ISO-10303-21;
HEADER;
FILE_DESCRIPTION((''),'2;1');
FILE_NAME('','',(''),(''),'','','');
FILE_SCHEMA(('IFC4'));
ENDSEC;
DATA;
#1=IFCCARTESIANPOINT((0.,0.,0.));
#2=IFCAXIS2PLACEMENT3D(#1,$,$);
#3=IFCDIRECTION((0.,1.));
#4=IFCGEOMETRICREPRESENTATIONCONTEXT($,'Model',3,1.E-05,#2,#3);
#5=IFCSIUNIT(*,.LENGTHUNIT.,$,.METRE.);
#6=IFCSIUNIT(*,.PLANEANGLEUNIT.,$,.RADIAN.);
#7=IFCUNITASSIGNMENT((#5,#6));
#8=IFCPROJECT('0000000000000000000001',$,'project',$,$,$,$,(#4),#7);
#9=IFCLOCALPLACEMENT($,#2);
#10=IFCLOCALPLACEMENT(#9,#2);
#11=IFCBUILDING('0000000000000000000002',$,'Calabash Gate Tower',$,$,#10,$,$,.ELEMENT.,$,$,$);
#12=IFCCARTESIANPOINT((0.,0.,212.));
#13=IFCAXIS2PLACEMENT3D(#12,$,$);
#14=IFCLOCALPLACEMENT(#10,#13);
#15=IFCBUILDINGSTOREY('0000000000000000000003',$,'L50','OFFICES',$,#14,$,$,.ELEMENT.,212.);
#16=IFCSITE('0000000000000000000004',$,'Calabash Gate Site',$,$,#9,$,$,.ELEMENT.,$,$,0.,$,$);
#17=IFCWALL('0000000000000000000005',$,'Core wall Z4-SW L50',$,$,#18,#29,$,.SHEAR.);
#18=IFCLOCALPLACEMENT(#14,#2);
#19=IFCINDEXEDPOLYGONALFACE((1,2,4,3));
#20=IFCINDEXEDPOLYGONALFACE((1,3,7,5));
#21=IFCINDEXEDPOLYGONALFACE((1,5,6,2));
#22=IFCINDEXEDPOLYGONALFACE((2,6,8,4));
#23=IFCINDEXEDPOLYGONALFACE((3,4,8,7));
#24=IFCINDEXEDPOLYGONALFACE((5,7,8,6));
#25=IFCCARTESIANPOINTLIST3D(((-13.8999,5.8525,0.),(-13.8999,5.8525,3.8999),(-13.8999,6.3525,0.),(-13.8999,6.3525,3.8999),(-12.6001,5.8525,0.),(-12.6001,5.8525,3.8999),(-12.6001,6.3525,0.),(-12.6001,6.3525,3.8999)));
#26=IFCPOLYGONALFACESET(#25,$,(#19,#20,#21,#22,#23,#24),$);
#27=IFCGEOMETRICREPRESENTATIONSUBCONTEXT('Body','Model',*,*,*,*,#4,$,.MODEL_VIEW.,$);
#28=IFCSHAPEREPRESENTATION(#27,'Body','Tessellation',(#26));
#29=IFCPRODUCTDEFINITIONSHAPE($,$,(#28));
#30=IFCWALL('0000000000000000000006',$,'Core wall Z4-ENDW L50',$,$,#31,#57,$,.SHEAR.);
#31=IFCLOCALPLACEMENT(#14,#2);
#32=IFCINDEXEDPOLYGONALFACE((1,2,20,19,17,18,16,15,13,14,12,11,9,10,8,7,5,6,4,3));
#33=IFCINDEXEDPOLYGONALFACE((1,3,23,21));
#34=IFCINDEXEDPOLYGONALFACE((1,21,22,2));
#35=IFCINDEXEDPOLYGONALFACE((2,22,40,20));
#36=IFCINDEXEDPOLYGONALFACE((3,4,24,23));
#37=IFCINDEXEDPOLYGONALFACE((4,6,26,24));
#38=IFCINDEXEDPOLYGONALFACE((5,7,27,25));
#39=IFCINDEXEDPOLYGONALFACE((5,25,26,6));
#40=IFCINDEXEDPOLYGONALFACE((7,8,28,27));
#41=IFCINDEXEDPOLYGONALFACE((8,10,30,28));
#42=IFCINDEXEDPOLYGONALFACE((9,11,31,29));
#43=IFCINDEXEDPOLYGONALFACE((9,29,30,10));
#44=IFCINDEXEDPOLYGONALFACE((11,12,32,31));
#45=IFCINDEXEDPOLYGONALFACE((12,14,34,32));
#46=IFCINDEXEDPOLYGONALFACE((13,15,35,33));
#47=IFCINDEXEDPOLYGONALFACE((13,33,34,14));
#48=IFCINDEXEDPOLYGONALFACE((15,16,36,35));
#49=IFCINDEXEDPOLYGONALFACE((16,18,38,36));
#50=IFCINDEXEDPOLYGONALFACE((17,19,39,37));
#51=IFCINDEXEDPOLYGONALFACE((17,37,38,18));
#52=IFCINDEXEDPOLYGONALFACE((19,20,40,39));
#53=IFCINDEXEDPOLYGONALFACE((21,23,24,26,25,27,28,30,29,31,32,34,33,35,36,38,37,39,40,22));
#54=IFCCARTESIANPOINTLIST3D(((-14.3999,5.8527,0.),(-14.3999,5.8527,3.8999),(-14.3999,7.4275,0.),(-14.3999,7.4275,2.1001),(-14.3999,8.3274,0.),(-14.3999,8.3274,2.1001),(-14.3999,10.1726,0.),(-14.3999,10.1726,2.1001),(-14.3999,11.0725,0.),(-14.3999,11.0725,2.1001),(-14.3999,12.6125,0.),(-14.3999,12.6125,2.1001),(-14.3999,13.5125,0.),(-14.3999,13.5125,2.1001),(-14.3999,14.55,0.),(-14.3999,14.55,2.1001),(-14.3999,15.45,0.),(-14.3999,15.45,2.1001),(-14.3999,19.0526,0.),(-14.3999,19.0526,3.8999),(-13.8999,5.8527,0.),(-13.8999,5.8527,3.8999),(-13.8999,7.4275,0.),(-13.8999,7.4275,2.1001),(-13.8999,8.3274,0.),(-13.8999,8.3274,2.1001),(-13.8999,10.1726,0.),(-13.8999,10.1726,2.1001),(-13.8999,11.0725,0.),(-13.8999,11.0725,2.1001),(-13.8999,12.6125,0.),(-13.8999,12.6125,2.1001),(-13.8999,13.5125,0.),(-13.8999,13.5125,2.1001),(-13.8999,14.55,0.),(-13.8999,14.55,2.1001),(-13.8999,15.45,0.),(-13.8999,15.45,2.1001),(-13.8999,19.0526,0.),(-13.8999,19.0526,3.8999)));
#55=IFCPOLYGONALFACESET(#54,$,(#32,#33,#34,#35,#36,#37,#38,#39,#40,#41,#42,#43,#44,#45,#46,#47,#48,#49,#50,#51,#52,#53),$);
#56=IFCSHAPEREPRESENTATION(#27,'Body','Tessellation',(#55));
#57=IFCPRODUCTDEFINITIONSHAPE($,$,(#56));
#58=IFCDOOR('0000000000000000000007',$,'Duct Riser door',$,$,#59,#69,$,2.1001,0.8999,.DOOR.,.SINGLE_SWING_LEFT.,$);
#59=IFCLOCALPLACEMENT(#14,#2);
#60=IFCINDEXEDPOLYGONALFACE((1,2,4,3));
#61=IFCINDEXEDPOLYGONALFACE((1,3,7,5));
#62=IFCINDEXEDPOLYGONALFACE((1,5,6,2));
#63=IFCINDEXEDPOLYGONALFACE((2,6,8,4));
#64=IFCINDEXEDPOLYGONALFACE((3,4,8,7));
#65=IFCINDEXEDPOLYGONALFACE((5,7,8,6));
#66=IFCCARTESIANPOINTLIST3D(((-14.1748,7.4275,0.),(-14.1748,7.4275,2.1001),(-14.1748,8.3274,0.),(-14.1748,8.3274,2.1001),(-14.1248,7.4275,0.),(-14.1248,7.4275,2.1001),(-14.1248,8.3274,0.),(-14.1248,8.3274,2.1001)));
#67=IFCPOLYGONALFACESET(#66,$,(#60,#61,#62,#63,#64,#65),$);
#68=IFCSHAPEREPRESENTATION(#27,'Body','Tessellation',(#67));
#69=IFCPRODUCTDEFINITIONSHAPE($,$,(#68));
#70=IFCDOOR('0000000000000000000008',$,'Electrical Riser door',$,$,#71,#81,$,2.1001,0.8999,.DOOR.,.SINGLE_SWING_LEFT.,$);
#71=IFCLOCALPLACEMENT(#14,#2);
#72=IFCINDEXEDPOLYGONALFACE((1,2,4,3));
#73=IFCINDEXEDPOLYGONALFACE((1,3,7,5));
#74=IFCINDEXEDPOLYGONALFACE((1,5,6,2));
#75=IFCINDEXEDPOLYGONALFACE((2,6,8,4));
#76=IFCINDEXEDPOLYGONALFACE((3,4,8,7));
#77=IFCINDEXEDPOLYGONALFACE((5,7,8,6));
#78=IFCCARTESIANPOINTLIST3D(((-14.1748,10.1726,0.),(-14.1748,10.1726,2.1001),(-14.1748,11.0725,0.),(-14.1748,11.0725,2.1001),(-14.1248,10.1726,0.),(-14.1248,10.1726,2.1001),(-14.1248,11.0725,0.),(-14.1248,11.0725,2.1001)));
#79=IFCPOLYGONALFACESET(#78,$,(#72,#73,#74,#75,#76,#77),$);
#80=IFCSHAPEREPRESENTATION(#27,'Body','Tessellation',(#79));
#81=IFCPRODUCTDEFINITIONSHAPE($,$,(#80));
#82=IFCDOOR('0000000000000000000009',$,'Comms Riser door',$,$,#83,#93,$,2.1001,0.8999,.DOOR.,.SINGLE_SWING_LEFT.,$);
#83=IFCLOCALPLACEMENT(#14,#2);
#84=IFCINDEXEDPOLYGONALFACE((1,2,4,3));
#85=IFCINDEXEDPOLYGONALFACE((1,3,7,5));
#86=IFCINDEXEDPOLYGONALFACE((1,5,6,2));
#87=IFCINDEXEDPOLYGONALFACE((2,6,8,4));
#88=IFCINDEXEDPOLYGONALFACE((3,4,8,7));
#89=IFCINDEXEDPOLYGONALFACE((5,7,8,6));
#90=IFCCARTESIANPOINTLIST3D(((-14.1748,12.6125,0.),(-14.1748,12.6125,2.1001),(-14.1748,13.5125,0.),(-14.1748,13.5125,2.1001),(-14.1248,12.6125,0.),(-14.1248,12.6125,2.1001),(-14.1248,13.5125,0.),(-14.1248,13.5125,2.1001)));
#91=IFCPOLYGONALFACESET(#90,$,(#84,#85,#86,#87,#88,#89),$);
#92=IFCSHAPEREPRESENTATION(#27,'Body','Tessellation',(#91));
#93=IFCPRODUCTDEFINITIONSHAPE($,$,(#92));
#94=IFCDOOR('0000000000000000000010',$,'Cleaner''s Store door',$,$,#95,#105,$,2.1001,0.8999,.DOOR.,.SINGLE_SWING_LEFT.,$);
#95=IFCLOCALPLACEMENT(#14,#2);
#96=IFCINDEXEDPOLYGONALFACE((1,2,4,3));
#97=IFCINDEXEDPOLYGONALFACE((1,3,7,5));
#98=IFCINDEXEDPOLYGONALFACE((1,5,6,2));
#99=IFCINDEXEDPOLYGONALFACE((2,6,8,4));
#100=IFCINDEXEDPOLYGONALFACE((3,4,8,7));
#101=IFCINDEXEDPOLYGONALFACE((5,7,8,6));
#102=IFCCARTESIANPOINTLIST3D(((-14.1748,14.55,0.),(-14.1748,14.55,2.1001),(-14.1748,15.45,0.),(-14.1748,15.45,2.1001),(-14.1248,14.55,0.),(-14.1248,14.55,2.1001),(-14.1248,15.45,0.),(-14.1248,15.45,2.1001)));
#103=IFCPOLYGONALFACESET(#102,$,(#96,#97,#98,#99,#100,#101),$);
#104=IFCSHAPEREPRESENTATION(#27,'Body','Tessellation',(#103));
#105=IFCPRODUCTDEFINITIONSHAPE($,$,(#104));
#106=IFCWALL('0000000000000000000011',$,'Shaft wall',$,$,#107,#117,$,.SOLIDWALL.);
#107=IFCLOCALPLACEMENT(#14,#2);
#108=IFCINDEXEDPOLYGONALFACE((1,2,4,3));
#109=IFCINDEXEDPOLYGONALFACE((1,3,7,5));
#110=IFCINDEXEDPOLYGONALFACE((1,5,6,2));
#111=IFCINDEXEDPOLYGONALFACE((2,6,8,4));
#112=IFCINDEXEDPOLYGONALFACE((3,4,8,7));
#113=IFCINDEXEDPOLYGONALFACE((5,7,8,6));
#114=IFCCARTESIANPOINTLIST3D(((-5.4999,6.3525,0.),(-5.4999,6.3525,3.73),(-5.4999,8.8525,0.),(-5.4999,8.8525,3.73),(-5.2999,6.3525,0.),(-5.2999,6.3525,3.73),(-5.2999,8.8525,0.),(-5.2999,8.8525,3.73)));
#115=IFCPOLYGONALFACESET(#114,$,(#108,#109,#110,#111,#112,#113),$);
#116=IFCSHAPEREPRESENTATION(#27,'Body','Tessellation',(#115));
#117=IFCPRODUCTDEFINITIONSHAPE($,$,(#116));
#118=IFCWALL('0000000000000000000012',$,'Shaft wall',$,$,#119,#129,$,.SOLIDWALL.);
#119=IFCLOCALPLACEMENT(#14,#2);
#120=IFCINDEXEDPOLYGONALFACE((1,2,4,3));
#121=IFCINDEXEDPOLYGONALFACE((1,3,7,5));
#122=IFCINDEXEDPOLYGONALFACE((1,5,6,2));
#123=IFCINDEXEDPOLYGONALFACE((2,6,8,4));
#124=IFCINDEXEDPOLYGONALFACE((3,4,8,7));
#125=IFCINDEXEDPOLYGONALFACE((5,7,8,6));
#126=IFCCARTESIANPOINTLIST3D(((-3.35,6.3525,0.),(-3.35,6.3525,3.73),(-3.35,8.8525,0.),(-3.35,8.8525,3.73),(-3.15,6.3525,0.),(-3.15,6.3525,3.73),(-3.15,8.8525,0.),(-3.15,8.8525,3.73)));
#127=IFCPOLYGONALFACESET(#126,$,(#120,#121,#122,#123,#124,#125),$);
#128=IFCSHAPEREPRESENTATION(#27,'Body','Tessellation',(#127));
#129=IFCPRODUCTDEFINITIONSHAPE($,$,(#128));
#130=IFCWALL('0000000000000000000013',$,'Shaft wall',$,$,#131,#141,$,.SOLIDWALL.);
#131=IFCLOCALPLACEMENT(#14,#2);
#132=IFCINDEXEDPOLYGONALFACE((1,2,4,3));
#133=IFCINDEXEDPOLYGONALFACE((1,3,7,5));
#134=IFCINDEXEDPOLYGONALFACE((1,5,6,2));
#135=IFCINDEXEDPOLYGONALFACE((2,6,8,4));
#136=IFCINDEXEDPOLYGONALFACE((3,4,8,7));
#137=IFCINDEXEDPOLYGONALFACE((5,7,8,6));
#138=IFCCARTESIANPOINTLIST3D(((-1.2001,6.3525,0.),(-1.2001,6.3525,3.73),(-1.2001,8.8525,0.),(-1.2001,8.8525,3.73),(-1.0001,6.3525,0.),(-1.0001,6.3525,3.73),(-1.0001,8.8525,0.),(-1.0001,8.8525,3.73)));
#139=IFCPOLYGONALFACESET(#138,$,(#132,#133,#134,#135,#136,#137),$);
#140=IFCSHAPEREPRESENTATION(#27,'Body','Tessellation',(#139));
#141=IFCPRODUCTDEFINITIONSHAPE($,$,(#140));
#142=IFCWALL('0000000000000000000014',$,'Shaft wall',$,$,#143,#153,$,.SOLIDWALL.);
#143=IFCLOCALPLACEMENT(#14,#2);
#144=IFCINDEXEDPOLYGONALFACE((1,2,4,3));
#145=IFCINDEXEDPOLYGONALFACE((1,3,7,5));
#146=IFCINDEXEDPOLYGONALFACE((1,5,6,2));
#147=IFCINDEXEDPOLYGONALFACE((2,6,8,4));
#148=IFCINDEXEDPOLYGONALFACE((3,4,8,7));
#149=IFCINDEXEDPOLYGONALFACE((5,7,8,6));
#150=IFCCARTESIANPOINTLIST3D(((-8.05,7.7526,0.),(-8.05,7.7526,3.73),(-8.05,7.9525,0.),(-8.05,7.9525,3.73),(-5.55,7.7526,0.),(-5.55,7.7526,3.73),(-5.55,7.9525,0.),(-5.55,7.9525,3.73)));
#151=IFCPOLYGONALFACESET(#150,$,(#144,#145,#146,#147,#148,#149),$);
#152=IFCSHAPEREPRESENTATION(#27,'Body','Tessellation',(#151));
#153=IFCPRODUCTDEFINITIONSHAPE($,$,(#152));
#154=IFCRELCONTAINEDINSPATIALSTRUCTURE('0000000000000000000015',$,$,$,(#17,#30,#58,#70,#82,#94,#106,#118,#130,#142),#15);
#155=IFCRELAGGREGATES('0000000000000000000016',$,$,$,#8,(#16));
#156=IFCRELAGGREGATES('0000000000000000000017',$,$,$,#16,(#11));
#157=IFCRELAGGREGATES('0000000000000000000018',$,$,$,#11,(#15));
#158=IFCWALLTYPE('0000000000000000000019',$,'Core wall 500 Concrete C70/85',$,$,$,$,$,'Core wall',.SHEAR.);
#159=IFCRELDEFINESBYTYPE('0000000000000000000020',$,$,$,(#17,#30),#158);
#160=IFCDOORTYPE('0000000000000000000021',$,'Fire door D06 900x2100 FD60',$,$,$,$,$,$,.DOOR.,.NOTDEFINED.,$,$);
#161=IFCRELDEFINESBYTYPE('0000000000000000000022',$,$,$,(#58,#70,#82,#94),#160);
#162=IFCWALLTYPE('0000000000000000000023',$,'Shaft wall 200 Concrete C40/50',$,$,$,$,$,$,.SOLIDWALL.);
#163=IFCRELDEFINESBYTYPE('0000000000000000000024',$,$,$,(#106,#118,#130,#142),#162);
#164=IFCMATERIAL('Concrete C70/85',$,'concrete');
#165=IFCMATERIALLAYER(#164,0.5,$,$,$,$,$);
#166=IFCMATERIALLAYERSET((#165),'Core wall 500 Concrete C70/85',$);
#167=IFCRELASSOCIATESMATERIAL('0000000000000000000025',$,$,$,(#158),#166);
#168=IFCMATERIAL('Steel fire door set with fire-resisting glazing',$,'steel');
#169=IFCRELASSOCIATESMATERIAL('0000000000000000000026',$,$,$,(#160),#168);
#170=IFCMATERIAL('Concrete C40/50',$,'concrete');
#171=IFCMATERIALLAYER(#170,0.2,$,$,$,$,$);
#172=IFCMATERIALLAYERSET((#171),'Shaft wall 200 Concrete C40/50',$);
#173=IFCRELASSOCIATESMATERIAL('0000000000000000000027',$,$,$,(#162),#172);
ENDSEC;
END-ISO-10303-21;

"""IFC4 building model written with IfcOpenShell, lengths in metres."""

from ifc_helpers import new_model, si_unit, direction, frame, frame_2d, origin, place, context, subcontext, project, spatial, rectangle, extrude, material, layer, layer_set, type_object, element, fill, save


model = new_model("IFC4")

# Units and contexts
model_context = context("Model", 3, precision=1e-05, world=origin(), true_north=direction((0.0, 1.0)))
body_context = subcontext(model_context, "Body", "Model", "MODEL_VIEW")
ifc_project = project(units=[si_unit("LENGTHUNIT", "METRE"), si_unit("PLANEANGLEUNIT", "RADIAN")], contexts=[model_context])

# Site, building, storey
site_placement = place(None, origin())
site = spatial("IfcSite", under=ifc_project, at=site_placement, Name="Calabash Gate Site", CompositionType="ELEMENT", RefElevation=0.0)
building_placement = place(site_placement, origin())
building = spatial("IfcBuilding", under=site, at=building_placement, Name="Calabash Gate Tower", CompositionType="ELEMENT")
storey_placement = place(building_placement, frame((0.0, 0.0, 212.0)))
storey = spatial("IfcBuildingStorey", under=building, at=storey_placement, Name="L50", Description="OFFICES", CompositionType="ELEMENT", Elevation=212.0)

# Shared definitions
ifc_material_1 = material(Name="Concrete C70/85", Category="concrete")
ifc_layer_1 = layer(ifc_material_1, 0.5)
ifc_layer_set_1 = layer_set([ifc_layer_1], Name="Core wall 500 Concrete C70/85")
wall_type_1 = type_object("IfcWallType", Name="Core wall 500 Concrete C70/85", ElementType="Core wall", PredefinedType="SHEAR", material=ifc_layer_set_1)

# Wall
wall_1_placement = place(storey_placement, frame((-12.6001, 6.1025, 0.0), z_axis=(0.0, 0.0, 1.0), x_axis=(-1.0, 0.0, 0.0)))
element("IfcWall", 1, at=wall_1_placement, inside=storey, type_object=wall_type_1, Name="Core wall Z4-SW L50", PredefinedType="SHEAR", context=body_context, shape_type="SweptSolid", body=[
    extrude(rectangle(XDim=1.2998, YDim=0.5, at=frame_2d((0.6499, 0.0))), origin(), (0.0, 0.0, 1.0), 3.8999),
])

# Wall, openings, doors
wall_2_placement = place(storey_placement, frame((-14.1499, 5.8525, 0.0), z_axis=(0.0, 0.0, 1.0), x_axis=(0.0, 1.0, 0.0)))
wall_2 = element("IfcWall", 2, at=wall_2_placement, inside=storey, type_object=wall_type_1, Name="Core wall Z4-ENDW L50", PredefinedType="SHEAR", context=body_context, shape_type="SweptSolid", body=[
    extrude(rectangle(XDim=13.2, YDim=0.5, at=frame_2d((6.6001, 0.0))), origin(), (0.0, 0.0, 1.0), 3.8999),
])
opening_1_placement = place(wall_2_placement, frame((1.575, 0.0, 0.0)))
opening_1 = element("IfcOpeningElement", 3, at=opening_1_placement, cuts=wall_2, PredefinedType="OPENING", context=body_context, shape_type="SweptSolid", body=[
    extrude(rectangle(XDim=0.8999, YDim=2.1001, at=frame_2d((0.45, 1.05))), frame((0.0, 0.26, 0.0), z_axis=(0.0, -1.0, 0.0), x_axis=(1.0, 0.0, 0.0)), (0.0, 0.0, 1.0), 0.52),
])
opening_2_placement = place(wall_2_placement, frame((4.3201, 0.0, 0.0)))
opening_2 = element("IfcOpeningElement", 4, at=opening_2_placement, cuts=wall_2, PredefinedType="OPENING", context=body_context, shape_type="SweptSolid", body=[
    extrude(rectangle(XDim=0.8999, YDim=2.1001, at=frame_2d((0.45, 1.05))), frame((0.0, 0.26, 0.0), z_axis=(0.0, -1.0, 0.0), x_axis=(1.0, 0.0, 0.0)), (0.0, 0.0, 1.0), 0.52),
])
opening_3_placement = place(wall_2_placement, frame((6.76, 0.0, 0.0)))
opening_3 = element("IfcOpeningElement", 5, at=opening_3_placement, cuts=wall_2, PredefinedType="OPENING", context=body_context, shape_type="SweptSolid", body=[
    extrude(rectangle(XDim=0.8999, YDim=2.1001, at=frame_2d((0.45, 1.05))), frame((0.0, 0.26, 0.0), z_axis=(0.0, -1.0, 0.0), x_axis=(1.0, 0.0, 0.0)), (0.0, 0.0, 1.0), 0.52),
])
opening_4_placement = place(wall_2_placement, frame((8.6975, 0.0, 0.0)))
opening_4 = element("IfcOpeningElement", 6, at=opening_4_placement, cuts=wall_2, PredefinedType="OPENING", context=body_context, shape_type="SweptSolid", body=[
    extrude(rectangle(XDim=0.8999, YDim=2.1001, at=frame_2d((0.45, 1.05))), frame((0.0, 0.26, 0.0), z_axis=(0.0, -1.0, 0.0), x_axis=(1.0, 0.0, 0.0)), (0.0, 0.0, 1.0), 0.52),
])
ifc_material_2 = material(Name="Steel fire door set with fire-resisting glazing", Category="steel")
door_type_1 = type_object("IfcDoorType", Name="Fire door D06 900x2100 FD60", OperationType="NOTDEFINED", PredefinedType="DOOR", material=ifc_material_2)
door_1_placement = place(opening_1_placement, origin())
door_1 = element("IfcDoor", 7, at=door_1_placement, inside=storey, type_object=door_type_1, Name="Duct Riser door", OperationType="SINGLE_SWING_LEFT", OverallHeight=2.1001, OverallWidth=0.8999, PredefinedType="DOOR", context=body_context, shape_type="SweptSolid", body=[
    extrude(rectangle(XDim=0.8999, YDim=2.1001, at=frame_2d((0.45, 1.05))), frame((0.0, 0.0249, 0.0), z_axis=(0.0, -1.0, 0.0), x_axis=(1.0, 0.0, 0.0)), (0.0, 0.0, 1.0), 0.05),
])
fill(opening_1, door_1)
door_2_placement = place(opening_2_placement, origin())
door_2 = element("IfcDoor", 8, at=door_2_placement, inside=storey, type_object=door_type_1, Name="Electrical Riser door", OperationType="SINGLE_SWING_LEFT", OverallHeight=2.1001, OverallWidth=0.8999, PredefinedType="DOOR", context=body_context, shape_type="SweptSolid", body=[
    extrude(rectangle(XDim=0.8999, YDim=2.1001, at=frame_2d((0.45, 1.05))), frame((0.0, 0.0249, 0.0), z_axis=(0.0, -1.0, 0.0), x_axis=(1.0, 0.0, 0.0)), (0.0, 0.0, 1.0), 0.05),
])
fill(opening_2, door_2)
door_3_placement = place(opening_3_placement, origin())
door_3 = element("IfcDoor", 9, at=door_3_placement, inside=storey, type_object=door_type_1, Name="Comms Riser door", OperationType="SINGLE_SWING_LEFT", OverallHeight=2.1001, OverallWidth=0.8999, PredefinedType="DOOR", context=body_context, shape_type="SweptSolid", body=[
    extrude(rectangle(XDim=0.8999, YDim=2.1001, at=frame_2d((0.45, 1.05))), frame((0.0, 0.0249, 0.0), z_axis=(0.0, -1.0, 0.0), x_axis=(1.0, 0.0, 0.0)), (0.0, 0.0, 1.0), 0.05),
])
fill(opening_3, door_3)
door_4_placement = place(opening_4_placement, origin())
door_4 = element("IfcDoor", 10, at=door_4_placement, inside=storey, type_object=door_type_1, Name="Cleaner's Store door", OperationType="SINGLE_SWING_LEFT", OverallHeight=2.1001, OverallWidth=0.8999, PredefinedType="DOOR", context=body_context, shape_type="SweptSolid", body=[
    extrude(rectangle(XDim=0.8999, YDim=2.1001, at=frame_2d((0.45, 1.05))), frame((0.0, 0.0249, 0.0), z_axis=(0.0, -1.0, 0.0), x_axis=(1.0, 0.0, 0.0)), (0.0, 0.0, 1.0), 0.05),
])
fill(opening_4, door_4)

# Walls
ifc_material_3 = material(Name="Concrete C40/50", Category="concrete")
ifc_layer_2 = layer(ifc_material_3, 0.2)
ifc_layer_set_2 = layer_set([ifc_layer_2], Name="Shaft wall 200 Concrete C40/50")
wall_type_2 = type_object("IfcWallType", Name="Shaft wall 200 Concrete C40/50", PredefinedType="SOLIDWALL", material=ifc_layer_set_2)
for number, where, z_axis, x_axis, name in (
    (11, (-5.3999, 6.3525, 0.0), (0.0, 0.0, 1.0), (0.0, 1.0, 0.0), "Shaft wall"),
    (12, (-3.25, 6.3525, 0.0), (0.0, 0.0, 1.0), (0.0, 1.0, 0.0), "Shaft wall"),
    (13, (-1.1001, 6.3525, 0.0), (0.0, 0.0, 1.0), (0.0, 1.0, 0.0), "Shaft wall"),
    (14, (-8.05, 7.8525, 0.0), (0.0, 0.0, 1.0), (1.0, 0.0, 0.0), "Shaft wall"),
):
    element("IfcWall", number, at=place(storey_placement, frame(where, z_axis=z_axis, x_axis=x_axis)), inside=storey, type_object=wall_type_2, Name=name, PredefinedType="SOLIDWALL", context=body_context, shape_type="SweptSolid", body=[
        extrude(rectangle(XDim=2.5, YDim=0.2, at=frame_2d((1.25, 0.0))), origin(), (0.0, 0.0, 1.0), 3.73),
    ])

save(model, "model.ifc")
